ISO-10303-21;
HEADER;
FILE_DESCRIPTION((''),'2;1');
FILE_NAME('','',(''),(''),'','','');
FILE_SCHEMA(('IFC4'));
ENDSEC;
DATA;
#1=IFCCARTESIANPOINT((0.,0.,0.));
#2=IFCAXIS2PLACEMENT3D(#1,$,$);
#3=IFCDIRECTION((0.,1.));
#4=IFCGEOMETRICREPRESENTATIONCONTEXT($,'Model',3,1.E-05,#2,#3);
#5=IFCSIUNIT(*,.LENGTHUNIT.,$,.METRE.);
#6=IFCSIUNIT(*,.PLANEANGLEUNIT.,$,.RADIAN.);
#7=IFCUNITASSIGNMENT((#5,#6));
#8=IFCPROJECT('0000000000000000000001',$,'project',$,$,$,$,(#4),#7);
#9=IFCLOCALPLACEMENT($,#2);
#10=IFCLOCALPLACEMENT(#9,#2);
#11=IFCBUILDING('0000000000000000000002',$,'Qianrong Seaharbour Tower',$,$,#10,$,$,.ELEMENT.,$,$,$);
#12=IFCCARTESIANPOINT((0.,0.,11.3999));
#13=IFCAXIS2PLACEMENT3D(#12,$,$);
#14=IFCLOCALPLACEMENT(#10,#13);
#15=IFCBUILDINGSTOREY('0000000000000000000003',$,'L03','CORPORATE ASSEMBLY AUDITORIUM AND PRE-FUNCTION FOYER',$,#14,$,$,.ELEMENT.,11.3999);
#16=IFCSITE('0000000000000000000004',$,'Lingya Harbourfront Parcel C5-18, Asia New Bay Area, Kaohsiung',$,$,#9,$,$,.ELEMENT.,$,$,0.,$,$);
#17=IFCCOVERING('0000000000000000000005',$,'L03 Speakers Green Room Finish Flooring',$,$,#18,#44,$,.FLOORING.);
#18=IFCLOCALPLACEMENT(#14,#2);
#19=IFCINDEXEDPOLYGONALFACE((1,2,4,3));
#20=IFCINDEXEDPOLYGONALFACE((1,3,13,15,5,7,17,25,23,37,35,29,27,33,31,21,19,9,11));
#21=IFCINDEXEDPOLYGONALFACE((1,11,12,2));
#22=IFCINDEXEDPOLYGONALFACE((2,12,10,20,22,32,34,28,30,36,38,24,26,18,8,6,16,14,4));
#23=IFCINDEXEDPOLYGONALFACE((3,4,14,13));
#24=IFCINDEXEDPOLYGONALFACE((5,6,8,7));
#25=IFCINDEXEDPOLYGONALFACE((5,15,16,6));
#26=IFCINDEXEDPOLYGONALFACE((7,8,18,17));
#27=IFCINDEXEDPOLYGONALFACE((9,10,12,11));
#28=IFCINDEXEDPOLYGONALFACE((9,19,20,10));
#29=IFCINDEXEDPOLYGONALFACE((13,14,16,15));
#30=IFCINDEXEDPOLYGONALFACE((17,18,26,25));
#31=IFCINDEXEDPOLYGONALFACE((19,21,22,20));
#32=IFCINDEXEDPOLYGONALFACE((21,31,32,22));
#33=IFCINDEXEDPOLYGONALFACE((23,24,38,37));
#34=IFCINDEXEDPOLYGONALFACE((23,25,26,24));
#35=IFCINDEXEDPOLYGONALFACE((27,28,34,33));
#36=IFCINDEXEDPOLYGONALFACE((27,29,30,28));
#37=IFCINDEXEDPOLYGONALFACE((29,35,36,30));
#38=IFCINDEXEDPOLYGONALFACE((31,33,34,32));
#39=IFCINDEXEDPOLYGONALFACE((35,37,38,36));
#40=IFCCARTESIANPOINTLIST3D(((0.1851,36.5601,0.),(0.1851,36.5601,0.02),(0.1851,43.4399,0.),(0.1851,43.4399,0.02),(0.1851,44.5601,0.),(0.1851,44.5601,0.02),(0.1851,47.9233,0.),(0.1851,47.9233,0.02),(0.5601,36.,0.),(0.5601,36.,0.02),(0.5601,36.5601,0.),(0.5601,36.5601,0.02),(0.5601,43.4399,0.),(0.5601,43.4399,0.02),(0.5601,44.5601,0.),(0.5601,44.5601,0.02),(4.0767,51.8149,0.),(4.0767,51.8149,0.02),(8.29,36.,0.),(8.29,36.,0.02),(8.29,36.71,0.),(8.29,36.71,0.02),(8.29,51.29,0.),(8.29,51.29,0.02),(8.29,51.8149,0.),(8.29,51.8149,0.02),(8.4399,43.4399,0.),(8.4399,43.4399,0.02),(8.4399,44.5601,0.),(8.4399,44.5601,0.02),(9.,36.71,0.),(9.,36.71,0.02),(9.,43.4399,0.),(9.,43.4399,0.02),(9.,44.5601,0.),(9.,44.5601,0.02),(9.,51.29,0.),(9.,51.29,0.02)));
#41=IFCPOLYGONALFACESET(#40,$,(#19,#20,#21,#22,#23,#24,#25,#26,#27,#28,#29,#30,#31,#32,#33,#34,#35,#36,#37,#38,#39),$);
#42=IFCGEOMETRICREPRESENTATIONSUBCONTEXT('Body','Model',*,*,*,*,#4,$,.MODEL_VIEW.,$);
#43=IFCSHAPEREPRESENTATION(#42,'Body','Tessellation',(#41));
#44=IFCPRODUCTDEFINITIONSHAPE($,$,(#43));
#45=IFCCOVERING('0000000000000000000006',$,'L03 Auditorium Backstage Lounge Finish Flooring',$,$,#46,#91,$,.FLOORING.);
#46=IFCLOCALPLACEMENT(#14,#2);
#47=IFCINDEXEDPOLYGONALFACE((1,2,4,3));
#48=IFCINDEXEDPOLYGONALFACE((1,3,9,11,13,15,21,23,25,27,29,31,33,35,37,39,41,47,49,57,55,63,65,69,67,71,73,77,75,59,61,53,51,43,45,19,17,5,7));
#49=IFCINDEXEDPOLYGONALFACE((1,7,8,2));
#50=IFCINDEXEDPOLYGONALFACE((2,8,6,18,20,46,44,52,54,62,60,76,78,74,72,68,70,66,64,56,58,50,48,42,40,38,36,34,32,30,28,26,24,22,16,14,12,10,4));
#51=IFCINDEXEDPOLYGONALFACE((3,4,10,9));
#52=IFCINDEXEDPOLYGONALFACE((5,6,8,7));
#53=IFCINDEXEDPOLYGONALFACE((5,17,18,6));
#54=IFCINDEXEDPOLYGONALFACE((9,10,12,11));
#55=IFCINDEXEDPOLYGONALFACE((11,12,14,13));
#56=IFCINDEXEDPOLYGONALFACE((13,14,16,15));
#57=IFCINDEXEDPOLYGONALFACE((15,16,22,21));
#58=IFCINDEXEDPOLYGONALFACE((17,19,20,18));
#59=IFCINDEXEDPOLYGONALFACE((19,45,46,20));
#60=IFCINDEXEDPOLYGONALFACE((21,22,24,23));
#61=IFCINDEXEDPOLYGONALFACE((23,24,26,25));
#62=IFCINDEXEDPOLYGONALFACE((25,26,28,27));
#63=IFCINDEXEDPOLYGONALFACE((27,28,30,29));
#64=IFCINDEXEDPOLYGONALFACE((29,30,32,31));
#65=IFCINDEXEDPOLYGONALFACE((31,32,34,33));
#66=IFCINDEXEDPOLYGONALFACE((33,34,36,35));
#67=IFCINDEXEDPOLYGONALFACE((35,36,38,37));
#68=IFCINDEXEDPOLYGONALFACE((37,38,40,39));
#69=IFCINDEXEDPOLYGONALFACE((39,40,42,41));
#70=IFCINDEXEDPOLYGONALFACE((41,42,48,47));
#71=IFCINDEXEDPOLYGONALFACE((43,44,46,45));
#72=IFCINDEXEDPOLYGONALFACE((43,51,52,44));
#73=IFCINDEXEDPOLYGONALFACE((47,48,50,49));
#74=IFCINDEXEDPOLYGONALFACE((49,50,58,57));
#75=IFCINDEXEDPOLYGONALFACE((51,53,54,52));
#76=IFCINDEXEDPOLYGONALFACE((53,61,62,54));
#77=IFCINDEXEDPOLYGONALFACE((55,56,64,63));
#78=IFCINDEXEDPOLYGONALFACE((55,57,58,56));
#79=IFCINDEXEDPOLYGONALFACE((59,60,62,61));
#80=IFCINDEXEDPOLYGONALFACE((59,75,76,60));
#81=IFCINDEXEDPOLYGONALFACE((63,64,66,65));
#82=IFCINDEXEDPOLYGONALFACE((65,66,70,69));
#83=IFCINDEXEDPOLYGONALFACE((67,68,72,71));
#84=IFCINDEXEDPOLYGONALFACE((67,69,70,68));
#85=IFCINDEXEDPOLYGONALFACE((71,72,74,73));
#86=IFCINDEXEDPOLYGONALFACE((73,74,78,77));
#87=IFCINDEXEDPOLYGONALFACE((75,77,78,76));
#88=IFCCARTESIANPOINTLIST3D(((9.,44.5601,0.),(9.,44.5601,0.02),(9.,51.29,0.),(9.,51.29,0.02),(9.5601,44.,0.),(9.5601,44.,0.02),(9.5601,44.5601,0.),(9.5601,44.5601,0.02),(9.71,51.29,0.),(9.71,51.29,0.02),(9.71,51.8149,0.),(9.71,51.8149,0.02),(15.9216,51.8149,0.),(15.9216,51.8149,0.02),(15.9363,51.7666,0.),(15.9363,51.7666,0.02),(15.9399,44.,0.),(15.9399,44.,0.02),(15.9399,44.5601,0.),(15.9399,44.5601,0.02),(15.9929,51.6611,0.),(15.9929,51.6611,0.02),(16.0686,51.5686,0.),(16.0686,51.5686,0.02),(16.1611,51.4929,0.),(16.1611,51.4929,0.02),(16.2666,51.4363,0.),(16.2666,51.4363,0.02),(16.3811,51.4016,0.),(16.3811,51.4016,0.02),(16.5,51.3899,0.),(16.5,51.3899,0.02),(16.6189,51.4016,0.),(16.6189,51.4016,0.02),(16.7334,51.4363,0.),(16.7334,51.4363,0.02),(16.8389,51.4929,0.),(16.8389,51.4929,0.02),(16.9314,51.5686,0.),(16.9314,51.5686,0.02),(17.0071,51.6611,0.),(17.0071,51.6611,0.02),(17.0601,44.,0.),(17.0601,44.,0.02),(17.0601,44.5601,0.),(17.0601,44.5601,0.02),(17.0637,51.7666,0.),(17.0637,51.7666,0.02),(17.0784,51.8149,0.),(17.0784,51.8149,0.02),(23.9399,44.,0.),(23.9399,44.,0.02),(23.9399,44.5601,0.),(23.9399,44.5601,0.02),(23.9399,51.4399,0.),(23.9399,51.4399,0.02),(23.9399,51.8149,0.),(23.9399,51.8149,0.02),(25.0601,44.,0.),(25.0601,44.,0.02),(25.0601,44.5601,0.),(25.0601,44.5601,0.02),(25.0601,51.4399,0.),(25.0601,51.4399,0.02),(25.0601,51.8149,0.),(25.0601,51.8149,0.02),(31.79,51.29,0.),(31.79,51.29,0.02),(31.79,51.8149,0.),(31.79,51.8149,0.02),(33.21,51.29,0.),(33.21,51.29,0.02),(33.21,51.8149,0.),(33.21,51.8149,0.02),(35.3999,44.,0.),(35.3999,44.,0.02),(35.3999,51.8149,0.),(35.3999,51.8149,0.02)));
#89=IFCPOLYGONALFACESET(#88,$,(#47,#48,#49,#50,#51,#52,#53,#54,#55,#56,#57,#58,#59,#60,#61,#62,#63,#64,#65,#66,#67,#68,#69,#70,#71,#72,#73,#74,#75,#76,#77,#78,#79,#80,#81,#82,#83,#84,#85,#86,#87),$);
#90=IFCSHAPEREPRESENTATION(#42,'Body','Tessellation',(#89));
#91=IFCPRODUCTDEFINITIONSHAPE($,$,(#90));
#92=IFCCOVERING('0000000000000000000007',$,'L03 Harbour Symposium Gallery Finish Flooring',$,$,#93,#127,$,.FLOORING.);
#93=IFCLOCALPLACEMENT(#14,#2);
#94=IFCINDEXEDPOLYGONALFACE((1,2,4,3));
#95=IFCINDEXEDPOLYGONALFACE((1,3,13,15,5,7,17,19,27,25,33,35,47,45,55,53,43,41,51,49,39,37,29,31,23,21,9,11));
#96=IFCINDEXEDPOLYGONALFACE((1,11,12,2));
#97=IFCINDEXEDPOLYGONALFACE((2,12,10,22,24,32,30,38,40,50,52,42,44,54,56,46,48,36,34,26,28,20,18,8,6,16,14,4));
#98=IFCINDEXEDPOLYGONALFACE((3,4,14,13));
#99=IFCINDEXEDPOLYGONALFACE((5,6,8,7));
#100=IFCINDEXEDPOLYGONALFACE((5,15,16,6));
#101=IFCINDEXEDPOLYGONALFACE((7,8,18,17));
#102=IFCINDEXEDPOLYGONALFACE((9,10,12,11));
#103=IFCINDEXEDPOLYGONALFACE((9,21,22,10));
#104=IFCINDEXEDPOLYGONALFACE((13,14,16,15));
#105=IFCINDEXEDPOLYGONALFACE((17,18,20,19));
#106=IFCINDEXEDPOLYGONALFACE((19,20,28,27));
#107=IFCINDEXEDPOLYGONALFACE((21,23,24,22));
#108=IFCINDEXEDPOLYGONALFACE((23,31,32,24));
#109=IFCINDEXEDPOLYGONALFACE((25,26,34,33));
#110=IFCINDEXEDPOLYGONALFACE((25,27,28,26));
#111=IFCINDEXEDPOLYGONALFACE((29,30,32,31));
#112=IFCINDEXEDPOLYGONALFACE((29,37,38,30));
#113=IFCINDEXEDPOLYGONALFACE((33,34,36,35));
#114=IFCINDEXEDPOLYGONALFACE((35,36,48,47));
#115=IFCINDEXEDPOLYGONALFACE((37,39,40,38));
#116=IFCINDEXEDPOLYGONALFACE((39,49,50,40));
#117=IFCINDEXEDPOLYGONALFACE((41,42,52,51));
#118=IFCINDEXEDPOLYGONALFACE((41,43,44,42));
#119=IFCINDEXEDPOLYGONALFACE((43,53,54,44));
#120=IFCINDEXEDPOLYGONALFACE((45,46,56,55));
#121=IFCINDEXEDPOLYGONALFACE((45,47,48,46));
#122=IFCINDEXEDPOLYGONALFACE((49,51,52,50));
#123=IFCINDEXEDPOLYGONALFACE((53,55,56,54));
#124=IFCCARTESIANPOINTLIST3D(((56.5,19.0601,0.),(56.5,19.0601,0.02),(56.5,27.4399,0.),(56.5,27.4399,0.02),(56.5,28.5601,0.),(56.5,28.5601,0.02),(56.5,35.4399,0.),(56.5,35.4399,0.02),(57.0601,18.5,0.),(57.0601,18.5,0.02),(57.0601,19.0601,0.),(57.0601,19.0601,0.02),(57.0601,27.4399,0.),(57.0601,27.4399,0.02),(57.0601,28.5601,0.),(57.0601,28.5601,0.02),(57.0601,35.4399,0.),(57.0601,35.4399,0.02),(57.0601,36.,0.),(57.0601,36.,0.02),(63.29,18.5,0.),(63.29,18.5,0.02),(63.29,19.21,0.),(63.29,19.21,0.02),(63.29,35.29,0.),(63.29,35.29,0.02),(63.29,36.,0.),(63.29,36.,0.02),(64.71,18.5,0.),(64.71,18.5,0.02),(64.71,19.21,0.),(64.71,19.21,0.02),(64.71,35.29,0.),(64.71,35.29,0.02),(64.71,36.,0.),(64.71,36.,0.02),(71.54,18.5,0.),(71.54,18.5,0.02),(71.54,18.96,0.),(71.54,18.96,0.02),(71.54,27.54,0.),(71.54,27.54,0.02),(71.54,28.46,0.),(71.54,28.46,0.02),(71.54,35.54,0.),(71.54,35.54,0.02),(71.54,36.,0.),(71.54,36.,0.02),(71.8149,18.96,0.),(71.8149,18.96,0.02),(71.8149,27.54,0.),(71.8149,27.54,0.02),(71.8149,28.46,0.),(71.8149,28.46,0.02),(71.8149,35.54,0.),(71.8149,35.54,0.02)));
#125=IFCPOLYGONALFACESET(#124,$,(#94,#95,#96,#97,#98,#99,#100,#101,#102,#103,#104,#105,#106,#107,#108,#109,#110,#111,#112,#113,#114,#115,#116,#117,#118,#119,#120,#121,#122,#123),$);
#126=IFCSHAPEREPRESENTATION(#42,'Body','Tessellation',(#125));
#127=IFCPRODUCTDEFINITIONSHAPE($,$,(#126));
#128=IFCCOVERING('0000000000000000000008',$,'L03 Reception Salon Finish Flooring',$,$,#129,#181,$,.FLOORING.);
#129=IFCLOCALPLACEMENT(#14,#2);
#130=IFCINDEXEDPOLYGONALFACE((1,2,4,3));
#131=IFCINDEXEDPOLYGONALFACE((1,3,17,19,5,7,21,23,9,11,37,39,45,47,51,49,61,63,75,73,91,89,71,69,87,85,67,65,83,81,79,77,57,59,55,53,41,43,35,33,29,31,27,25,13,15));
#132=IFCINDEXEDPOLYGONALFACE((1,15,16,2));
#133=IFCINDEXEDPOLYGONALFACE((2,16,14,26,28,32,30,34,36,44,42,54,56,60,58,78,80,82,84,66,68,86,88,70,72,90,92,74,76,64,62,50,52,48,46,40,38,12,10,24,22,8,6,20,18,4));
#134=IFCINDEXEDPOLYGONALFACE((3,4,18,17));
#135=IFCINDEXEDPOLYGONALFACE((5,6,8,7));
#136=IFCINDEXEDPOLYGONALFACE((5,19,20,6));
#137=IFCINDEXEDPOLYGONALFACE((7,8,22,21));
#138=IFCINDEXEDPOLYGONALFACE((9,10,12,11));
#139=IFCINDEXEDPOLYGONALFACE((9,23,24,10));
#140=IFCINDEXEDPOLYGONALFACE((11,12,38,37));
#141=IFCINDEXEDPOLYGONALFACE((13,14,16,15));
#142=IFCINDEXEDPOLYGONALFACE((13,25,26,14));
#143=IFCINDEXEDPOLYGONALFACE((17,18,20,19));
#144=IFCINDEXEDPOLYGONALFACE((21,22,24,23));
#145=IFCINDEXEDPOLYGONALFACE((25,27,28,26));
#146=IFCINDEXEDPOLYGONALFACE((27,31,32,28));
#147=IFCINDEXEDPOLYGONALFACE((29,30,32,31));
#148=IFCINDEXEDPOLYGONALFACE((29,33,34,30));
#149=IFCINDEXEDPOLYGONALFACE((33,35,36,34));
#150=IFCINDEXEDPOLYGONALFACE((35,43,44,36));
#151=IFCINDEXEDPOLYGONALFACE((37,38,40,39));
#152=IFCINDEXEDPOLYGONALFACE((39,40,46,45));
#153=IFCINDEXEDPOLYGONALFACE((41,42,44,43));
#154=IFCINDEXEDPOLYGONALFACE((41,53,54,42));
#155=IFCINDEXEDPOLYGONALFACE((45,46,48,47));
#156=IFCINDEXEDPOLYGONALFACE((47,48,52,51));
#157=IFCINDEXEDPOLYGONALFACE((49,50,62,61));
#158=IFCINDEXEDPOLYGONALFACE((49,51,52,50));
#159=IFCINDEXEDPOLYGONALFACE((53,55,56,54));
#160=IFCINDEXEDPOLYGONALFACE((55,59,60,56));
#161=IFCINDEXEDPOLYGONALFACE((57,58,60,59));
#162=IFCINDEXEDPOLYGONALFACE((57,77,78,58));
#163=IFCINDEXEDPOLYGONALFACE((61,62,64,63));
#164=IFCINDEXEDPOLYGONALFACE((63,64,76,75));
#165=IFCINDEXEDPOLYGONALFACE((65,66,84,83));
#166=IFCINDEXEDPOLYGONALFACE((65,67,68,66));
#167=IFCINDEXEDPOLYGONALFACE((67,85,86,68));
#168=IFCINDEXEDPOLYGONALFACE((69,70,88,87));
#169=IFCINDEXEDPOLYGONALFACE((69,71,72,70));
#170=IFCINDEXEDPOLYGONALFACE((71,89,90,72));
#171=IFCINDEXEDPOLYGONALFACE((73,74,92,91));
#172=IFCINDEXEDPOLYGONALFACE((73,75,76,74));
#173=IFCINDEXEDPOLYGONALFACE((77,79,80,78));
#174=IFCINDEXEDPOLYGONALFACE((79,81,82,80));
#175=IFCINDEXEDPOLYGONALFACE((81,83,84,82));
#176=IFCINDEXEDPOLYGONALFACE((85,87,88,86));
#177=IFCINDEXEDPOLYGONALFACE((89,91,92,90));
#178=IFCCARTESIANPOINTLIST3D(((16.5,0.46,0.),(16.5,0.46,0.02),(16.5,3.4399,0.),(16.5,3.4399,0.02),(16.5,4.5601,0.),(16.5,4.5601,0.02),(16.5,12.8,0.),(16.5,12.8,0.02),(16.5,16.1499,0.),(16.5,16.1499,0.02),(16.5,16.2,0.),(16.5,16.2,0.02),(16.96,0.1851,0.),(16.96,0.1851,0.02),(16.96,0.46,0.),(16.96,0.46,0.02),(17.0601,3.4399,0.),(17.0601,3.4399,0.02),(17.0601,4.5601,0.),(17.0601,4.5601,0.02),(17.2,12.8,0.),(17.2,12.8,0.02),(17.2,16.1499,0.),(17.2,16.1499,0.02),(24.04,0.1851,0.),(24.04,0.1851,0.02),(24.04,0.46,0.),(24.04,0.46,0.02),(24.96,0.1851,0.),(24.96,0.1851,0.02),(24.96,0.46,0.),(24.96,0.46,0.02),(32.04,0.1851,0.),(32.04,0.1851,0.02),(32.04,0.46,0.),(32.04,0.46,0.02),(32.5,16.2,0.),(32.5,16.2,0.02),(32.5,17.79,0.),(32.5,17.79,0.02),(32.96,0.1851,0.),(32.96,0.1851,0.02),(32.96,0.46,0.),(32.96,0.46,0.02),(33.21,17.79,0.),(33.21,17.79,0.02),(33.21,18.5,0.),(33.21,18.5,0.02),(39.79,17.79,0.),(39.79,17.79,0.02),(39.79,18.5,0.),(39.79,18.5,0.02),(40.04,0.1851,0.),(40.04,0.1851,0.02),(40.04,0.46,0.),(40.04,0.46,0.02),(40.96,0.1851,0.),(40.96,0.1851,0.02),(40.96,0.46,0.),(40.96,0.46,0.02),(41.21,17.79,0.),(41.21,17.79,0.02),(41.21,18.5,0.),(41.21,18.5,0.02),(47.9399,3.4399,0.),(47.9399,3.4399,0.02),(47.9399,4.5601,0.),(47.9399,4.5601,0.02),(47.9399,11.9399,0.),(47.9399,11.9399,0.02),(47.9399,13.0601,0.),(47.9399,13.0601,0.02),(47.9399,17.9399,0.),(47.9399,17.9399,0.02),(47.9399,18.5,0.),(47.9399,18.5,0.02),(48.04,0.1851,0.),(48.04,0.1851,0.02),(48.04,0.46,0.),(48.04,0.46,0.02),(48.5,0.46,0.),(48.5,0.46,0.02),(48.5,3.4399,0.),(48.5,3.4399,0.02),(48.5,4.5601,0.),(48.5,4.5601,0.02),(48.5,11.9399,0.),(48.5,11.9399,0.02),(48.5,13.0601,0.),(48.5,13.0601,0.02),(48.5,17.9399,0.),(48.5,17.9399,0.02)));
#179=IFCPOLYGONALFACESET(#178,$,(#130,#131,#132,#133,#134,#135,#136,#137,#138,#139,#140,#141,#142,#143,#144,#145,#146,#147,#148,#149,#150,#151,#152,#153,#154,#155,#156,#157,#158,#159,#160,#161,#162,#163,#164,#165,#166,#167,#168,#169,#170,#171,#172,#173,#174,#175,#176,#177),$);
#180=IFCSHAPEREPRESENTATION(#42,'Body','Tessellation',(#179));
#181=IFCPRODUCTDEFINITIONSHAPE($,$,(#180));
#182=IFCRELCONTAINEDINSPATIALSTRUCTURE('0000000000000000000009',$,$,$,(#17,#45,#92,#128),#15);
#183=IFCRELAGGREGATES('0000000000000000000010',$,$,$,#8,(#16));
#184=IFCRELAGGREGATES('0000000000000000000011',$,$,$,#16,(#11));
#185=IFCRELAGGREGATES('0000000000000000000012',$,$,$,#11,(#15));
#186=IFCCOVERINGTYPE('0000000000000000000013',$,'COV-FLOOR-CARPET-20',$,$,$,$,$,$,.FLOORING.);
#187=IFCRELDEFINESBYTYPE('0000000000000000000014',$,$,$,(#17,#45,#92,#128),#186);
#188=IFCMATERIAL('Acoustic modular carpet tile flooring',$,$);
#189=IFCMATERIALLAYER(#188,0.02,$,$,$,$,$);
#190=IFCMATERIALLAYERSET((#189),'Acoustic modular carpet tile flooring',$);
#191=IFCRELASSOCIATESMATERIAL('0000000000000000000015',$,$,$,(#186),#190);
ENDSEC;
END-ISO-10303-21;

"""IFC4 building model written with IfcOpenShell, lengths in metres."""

from ifc_helpers import new_model, si_unit, direction, frame, origin, place, context, subcontext, project, spatial, polyline, outline, extrude, material, layer, layer_set, type_object, element, save


model = new_model("IFC4")

# Units and contexts
model_context = context("Model", 3, precision=1e-05, world=origin(), true_north=direction((0.0, 1.0)))
body_context = subcontext(model_context, "Body", "Model", "MODEL_VIEW")
ifc_project = project(units=[si_unit("LENGTHUNIT", "METRE"), si_unit("PLANEANGLEUNIT", "RADIAN")], contexts=[model_context])

# Site, building, storey
site_placement = place(None, origin())
site = spatial("IfcSite", under=ifc_project, at=site_placement, Name="Lingya Harbourfront Parcel C5-18, Asia New Bay Area, Kaohsiung", CompositionType="ELEMENT", RefElevation=0.0)
building_placement = place(site_placement, origin())
building = spatial("IfcBuilding", under=site, at=building_placement, Name="Qianrong Seaharbour Tower", CompositionType="ELEMENT")
storey_placement = place(building_placement, frame((0.0, 0.0, 11.3999)))
storey = spatial("IfcBuildingStorey", under=building, at=storey_placement, Name="L03", Description="CORPORATE ASSEMBLY AUDITORIUM AND PRE-FUNCTION FOYER", CompositionType="ELEMENT", Elevation=11.3999)

# Coverings
ifc_material_1 = material(Name="Acoustic modular carpet tile flooring")
ifc_layer_1 = layer(ifc_material_1, 0.02)
ifc_layer_set_1 = layer_set([ifc_layer_1], Name="Acoustic modular carpet tile flooring")
covering_type_1 = type_object("IfcCoveringType", Name="COV-FLOOR-CARPET-20", PredefinedType="FLOORING", material=ifc_layer_set_1)
covering_1_placement = place(storey_placement, origin())
element("IfcCovering", 1, at=covering_1_placement, inside=storey, type_object=covering_type_1, Name="L03 Speakers Green Room Finish Flooring", PredefinedType="FLOORING", context=body_context, shape_type="SweptSolid", body=[
    extrude(outline(polyline([(0.1851, 43.4399), (0.5601, 43.4399), (0.5601, 44.5601), (0.1851, 44.5601), (0.1851, 47.9233), (4.0767, 51.8149), (8.29, 51.8149), (8.29, 51.29), (9.0, 51.29), (9.0, 44.5601), (8.4399, 44.5601), (8.4399, 43.4399), (9.0, 43.4399), (9.0, 36.71), (8.29, 36.71), (8.29, 36.0), (0.5601, 36.0), (0.5601, 36.5601), (0.1851, 36.5601), (0.1851, 43.4399)])), origin(), (0.0, 0.0, 1.0), 0.02),
])
covering_2_placement = place(storey_placement, origin())
element("IfcCovering", 2, at=covering_2_placement, inside=storey, type_object=covering_type_1, Name="L03 Auditorium Backstage Lounge Finish Flooring", PredefinedType="FLOORING", context=body_context, shape_type="SweptSolid", body=[
    extrude(outline(polyline([(9.0, 51.29), (9.71, 51.29), (9.71, 51.8149), (15.9216, 51.8149), (15.9363, 51.7666), (15.9929, 51.6611), (16.0686, 51.5686), (16.1611, 51.4929), (16.2666, 51.4363), (16.3811, 51.4016), (16.5, 51.3899), (16.6189, 51.4016), (16.7334, 51.4363), (16.8389, 51.4929), (16.9314, 51.5686), (17.0071, 51.6611), (17.0637, 51.7666), (17.0784, 51.8149), (23.9399, 51.8149), (23.9399, 51.4399), (25.0601, 51.4399), (25.0601, 51.8149), (31.79, 51.8149), (31.79, 51.29), (33.21, 51.29), (33.21, 51.8149), (35.3999, 51.8149), (35.3999, 44.0), (25.0601, 44.0), (25.0601, 44.5601), (23.9399, 44.5601), (23.9399, 44.0), (17.0601, 44.0), (17.0601, 44.5601), (15.9399, 44.5601), (15.9399, 44.0), (9.5601, 44.0), (9.5601, 44.5601), (9.0, 44.5601), (9.0, 51.29)])), origin(), (0.0, 0.0, 1.0), 0.02),
])
covering_3_placement = place(storey_placement, origin())
element("IfcCovering", 3, at=covering_3_placement, inside=storey, type_object=covering_type_1, Name="L03 Harbour Symposium Gallery Finish Flooring", PredefinedType="FLOORING", context=body_context, shape_type="SweptSolid", body=[
    extrude(outline(polyline([(63.29, 36.0), (63.29, 35.29), (64.71, 35.29), (64.71, 36.0), (71.54, 36.0), (71.54, 35.54), (71.8149, 35.54), (71.8149, 28.46), (71.54, 28.46), (71.54, 27.54), (71.8149, 27.54), (71.8149, 18.96), (71.54, 18.96), (71.54, 18.5), (64.71, 18.5), (64.71, 19.21), (63.29, 19.21), (63.29, 18.5), (57.0601, 18.5), (57.0601, 19.0601), (56.5, 19.0601), (56.5, 27.4399), (57.0601, 27.4399), (57.0601, 28.5601), (56.5, 28.5601), (56.5, 35.4399), (57.0601, 35.4399), (57.0601, 36.0), (63.29, 36.0)])), origin(), (0.0, 0.0, 1.0), 0.02),
])
covering_4_placement = place(storey_placement, origin())
element("IfcCovering", 4, at=covering_4_placement, inside=storey, type_object=covering_type_1, Name="L03 Reception Salon Finish Flooring", PredefinedType="FLOORING", context=body_context, shape_type="SweptSolid", body=[
    extrude(outline(polyline([(48.5, 13.0601), (47.9399, 13.0601), (47.9399, 11.9399), (48.5, 11.9399), (48.5, 4.5601), (47.9399, 4.5601), (47.9399, 3.4399), (48.5, 3.4399), (48.5, 0.46), (48.04, 0.46), (48.04, 0.1851), (40.96, 0.1851), (40.96, 0.46), (40.04, 0.46), (40.04, 0.1851), (32.96, 0.1851), (32.96, 0.46), (32.04, 0.46), (32.04, 0.1851), (24.96, 0.1851), (24.96, 0.46), (24.04, 0.46), (24.04, 0.1851), (16.96, 0.1851), (16.96, 0.46), (16.5, 0.46), (16.5, 3.4399), (17.0601, 3.4399), (17.0601, 4.5601), (16.5, 4.5601), (16.5, 12.8), (17.2, 12.8), (17.2, 16.1499), (16.5, 16.1499), (16.5, 16.2), (32.5, 16.2), (32.5, 17.79), (33.21, 17.79), (33.21, 18.5), (39.79, 18.5), (39.79, 17.79), (41.21, 17.79), (41.21, 18.5), (47.9399, 18.5), (47.9399, 17.9399), (48.5, 17.9399), (48.5, 13.0601)])), origin(), (0.0, 0.0, 1.0), 0.02),
])

save(model, "model.ifc")
